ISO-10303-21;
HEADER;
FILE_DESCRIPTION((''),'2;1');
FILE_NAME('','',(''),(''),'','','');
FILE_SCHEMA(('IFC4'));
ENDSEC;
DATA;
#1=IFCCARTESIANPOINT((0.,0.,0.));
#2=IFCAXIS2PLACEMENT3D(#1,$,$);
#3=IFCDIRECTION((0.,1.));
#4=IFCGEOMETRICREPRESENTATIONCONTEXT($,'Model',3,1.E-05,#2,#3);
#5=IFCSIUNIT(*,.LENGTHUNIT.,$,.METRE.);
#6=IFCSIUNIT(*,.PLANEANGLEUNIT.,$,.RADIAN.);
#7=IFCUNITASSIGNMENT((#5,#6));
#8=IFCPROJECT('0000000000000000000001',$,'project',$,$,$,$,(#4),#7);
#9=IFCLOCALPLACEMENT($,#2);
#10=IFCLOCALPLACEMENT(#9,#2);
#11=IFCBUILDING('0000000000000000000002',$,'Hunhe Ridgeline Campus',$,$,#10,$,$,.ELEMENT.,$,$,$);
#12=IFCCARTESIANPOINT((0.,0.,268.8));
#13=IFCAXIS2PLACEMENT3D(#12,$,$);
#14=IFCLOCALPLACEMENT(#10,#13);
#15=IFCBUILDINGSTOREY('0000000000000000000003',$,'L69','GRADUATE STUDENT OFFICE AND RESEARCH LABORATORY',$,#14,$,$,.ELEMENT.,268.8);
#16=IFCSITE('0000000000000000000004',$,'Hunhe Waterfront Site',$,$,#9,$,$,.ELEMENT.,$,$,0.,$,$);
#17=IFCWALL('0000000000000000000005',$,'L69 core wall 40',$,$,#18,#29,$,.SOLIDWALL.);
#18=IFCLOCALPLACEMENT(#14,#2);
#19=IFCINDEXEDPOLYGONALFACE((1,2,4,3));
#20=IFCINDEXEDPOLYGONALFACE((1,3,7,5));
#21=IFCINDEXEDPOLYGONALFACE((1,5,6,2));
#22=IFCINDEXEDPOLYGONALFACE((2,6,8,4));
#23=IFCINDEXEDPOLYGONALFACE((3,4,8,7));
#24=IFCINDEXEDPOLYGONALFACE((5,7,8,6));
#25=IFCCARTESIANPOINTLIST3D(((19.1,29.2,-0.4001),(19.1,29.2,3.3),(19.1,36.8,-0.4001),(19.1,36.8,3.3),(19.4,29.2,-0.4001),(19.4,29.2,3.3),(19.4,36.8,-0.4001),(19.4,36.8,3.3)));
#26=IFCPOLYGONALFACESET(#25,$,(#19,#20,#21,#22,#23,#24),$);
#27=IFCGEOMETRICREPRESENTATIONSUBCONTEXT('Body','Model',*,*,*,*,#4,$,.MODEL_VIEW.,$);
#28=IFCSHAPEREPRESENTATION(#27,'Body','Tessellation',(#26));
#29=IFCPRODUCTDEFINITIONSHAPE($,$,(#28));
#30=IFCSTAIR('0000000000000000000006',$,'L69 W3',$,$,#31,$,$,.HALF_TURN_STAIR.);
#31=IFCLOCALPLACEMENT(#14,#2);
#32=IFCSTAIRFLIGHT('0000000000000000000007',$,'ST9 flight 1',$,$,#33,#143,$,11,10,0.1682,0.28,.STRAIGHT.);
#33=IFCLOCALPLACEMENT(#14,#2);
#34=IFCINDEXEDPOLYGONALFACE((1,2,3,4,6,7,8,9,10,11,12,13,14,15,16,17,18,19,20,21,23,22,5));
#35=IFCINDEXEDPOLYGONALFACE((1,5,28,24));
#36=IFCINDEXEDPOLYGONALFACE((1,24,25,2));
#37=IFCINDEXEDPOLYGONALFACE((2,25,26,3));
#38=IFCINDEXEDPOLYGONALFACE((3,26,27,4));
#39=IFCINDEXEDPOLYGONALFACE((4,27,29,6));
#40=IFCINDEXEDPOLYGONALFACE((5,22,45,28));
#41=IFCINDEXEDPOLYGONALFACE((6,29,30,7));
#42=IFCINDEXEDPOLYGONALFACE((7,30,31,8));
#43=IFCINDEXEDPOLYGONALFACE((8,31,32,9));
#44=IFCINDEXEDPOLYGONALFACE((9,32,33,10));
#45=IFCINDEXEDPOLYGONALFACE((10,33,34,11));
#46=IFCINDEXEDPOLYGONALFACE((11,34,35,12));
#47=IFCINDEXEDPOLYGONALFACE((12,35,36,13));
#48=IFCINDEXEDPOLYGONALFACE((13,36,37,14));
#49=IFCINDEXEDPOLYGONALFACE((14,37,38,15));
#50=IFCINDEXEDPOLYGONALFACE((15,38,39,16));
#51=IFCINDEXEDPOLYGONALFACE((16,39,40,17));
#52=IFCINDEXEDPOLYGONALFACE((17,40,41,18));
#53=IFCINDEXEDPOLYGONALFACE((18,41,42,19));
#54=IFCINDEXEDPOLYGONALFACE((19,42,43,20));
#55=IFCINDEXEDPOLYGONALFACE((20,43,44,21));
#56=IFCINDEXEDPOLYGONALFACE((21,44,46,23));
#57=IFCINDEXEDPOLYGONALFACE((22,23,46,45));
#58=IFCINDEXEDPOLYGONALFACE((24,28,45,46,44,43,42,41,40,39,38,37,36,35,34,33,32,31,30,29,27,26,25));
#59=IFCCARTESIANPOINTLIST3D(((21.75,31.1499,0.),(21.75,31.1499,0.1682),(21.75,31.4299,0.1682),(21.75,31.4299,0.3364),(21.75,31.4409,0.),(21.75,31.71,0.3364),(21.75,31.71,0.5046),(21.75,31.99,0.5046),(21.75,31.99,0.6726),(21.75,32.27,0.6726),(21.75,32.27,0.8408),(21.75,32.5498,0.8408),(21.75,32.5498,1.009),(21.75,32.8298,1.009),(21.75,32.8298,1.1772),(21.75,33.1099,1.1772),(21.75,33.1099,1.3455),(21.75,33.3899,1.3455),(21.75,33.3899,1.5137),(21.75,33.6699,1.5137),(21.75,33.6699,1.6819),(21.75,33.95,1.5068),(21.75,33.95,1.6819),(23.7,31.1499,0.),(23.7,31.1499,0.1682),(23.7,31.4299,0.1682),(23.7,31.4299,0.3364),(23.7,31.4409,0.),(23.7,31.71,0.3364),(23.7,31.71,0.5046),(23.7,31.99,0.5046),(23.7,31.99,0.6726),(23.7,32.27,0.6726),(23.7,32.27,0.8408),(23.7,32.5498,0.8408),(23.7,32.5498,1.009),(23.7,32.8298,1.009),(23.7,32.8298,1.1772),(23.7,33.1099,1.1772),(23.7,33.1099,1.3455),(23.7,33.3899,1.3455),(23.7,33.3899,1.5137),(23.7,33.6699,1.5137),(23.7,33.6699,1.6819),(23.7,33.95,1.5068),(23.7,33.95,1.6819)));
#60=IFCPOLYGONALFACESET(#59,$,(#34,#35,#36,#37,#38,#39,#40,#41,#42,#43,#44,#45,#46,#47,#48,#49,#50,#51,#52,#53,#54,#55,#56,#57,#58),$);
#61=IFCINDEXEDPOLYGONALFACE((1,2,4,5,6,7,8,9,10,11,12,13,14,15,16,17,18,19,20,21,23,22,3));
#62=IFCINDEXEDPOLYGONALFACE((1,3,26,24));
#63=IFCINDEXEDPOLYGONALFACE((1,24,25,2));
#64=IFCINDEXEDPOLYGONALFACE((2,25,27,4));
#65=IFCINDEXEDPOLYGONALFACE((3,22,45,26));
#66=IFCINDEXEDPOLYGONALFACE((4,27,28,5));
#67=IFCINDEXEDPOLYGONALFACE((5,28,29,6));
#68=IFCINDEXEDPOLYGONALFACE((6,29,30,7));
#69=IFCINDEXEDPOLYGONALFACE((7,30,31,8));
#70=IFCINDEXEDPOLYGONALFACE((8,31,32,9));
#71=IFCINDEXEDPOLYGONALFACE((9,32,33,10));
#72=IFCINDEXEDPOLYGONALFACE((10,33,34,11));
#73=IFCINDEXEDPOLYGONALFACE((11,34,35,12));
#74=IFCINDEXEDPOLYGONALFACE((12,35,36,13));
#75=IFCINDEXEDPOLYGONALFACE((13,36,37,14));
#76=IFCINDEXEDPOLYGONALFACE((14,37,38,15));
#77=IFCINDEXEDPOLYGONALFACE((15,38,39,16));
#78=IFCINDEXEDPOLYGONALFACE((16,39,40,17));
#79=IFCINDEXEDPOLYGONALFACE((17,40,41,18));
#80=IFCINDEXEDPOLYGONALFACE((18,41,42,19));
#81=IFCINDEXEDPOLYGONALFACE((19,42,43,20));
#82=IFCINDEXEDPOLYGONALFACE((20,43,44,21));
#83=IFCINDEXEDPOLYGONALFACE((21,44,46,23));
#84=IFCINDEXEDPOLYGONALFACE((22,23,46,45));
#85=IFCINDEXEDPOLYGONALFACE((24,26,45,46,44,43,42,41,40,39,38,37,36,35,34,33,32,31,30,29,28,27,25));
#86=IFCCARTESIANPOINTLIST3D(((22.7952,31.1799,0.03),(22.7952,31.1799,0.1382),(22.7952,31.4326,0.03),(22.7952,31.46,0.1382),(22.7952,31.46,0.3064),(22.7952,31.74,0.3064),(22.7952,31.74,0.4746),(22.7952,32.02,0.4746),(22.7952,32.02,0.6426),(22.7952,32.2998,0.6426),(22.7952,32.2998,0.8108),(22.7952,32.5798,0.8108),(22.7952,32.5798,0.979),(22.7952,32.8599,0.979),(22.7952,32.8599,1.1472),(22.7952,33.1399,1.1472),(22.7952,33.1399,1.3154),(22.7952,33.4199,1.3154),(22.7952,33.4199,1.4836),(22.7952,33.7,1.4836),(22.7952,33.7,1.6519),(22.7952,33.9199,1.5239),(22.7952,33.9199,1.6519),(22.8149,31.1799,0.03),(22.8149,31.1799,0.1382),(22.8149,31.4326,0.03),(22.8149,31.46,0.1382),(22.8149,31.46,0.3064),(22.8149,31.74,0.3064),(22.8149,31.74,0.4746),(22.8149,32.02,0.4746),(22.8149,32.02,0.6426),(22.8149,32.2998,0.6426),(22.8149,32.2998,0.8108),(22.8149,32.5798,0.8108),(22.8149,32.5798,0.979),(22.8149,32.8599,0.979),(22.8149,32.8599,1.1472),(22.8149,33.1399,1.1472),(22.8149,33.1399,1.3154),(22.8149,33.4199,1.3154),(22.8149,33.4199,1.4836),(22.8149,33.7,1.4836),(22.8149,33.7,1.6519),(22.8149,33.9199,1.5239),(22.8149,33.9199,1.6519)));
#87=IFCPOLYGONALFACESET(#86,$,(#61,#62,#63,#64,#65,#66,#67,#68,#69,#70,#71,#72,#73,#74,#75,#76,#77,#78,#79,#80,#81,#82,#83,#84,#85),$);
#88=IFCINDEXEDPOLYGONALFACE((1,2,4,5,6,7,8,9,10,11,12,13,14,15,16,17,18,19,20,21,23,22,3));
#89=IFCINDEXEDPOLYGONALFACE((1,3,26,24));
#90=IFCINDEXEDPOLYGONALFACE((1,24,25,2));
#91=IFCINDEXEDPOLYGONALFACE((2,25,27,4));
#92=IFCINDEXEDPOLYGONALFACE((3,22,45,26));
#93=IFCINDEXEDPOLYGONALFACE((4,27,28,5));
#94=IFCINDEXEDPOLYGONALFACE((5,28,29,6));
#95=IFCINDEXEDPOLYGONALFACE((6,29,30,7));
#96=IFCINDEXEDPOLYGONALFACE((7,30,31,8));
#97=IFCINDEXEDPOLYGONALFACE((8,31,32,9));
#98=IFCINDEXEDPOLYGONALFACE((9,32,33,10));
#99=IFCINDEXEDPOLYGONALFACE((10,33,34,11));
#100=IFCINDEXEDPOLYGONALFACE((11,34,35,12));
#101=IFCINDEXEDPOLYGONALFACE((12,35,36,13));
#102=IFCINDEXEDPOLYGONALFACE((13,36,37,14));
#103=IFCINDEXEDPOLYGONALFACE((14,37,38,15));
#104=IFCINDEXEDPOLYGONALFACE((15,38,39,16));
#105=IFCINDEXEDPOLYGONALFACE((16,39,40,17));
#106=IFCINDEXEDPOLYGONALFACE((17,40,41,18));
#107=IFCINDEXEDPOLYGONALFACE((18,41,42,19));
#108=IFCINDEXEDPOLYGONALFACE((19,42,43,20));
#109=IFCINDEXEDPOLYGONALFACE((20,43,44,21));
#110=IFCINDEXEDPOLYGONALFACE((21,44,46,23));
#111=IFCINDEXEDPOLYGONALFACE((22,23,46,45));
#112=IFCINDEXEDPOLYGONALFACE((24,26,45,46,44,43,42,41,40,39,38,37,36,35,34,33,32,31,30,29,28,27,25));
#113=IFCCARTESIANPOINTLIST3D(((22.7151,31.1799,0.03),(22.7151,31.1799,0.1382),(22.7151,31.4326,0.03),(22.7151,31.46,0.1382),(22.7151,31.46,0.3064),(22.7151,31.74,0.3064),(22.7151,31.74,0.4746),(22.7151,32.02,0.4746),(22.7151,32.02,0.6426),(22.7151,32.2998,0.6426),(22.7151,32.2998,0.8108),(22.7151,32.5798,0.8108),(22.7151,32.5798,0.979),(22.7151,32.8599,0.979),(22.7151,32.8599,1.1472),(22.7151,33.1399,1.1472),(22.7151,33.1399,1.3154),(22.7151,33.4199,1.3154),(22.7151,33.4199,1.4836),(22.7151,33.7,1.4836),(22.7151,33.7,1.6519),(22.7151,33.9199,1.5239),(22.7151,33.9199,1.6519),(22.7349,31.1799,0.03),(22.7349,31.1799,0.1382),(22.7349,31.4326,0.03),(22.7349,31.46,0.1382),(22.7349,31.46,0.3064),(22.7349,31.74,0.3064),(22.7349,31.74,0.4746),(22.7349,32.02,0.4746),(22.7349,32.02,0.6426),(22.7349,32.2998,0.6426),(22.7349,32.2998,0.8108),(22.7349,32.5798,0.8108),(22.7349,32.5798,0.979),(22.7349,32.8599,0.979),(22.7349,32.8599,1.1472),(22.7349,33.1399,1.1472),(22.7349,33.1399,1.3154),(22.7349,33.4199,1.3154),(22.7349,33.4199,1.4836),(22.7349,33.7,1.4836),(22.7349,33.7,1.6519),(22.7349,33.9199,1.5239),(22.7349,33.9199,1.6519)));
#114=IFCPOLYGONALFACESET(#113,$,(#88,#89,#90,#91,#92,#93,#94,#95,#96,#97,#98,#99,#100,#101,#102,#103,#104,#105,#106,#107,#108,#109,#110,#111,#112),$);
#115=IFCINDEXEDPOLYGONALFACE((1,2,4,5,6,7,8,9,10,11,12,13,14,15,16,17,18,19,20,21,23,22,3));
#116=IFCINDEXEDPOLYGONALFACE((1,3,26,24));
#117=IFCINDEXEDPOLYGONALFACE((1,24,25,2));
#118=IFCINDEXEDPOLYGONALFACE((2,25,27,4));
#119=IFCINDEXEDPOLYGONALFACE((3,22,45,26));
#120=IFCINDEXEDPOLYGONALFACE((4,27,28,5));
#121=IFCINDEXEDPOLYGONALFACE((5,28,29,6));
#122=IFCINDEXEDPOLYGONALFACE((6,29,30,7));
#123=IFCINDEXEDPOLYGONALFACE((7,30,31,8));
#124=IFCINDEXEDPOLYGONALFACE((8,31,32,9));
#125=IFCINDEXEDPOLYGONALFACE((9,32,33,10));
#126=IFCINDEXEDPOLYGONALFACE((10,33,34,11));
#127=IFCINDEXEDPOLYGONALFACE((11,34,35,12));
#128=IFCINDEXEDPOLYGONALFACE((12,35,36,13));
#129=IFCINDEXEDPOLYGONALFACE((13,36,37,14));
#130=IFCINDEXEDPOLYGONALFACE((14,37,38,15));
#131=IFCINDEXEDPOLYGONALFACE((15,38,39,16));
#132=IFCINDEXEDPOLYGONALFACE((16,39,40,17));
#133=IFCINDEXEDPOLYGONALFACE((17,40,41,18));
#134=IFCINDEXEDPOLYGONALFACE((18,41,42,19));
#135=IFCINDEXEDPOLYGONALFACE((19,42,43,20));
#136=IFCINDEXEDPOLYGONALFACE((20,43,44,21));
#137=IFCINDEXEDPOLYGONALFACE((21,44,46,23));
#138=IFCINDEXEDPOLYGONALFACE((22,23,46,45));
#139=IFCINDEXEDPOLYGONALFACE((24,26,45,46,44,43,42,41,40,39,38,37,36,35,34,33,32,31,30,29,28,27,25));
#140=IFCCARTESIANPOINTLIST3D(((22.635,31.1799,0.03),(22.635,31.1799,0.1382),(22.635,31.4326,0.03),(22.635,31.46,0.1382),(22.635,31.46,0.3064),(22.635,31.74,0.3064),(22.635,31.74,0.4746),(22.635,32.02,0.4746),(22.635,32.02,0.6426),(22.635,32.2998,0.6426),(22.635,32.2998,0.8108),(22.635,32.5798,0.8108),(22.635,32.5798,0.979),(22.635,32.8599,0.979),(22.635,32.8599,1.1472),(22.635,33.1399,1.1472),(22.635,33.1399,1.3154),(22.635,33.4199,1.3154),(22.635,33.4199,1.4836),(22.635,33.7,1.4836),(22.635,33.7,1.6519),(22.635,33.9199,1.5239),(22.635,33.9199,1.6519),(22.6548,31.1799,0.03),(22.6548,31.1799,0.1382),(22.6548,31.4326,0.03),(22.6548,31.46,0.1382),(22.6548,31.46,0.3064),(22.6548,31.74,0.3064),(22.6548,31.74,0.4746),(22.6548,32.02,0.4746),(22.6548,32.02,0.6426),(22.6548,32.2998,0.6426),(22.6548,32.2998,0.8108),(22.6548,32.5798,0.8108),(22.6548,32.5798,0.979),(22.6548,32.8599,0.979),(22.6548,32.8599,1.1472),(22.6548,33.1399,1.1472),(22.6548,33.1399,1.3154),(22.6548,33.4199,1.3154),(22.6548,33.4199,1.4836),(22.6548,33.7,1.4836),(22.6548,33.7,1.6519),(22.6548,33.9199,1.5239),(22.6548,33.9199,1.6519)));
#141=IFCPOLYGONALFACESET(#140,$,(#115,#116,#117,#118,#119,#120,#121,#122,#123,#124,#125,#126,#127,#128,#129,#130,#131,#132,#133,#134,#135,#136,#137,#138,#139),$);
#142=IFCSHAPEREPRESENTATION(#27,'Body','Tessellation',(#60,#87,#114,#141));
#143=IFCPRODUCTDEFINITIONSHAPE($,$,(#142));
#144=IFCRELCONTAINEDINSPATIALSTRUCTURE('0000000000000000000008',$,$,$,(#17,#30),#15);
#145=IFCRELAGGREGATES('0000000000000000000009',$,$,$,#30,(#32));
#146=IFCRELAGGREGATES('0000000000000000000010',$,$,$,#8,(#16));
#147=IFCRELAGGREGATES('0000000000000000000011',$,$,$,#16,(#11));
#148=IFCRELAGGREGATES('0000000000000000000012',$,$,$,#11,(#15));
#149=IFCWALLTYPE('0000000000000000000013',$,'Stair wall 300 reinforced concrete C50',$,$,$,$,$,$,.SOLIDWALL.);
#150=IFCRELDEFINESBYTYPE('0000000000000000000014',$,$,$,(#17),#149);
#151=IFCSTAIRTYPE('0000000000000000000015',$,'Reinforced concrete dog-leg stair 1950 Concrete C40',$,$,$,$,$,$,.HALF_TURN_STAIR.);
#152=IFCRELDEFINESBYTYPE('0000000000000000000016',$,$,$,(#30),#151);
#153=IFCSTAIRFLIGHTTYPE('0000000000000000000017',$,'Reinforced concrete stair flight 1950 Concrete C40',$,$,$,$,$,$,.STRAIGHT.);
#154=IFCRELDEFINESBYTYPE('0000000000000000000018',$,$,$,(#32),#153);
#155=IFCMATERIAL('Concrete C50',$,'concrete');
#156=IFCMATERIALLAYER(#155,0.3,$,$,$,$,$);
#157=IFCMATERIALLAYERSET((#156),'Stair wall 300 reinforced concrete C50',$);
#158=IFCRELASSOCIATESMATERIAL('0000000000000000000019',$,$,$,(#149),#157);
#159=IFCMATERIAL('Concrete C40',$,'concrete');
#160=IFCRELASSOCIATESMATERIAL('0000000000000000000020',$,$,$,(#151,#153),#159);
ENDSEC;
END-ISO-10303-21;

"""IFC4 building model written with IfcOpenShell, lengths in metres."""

from ifc_helpers import new_model, si_unit, direction, frame, frame_2d, origin, place, context, subcontext, project, spatial, polyline, rectangle, outline, extrude, material, layer, layer_set, type_object, element, aggregate, save


model = new_model("IFC4")

# Units and contexts
model_context = context("Model", 3, precision=1e-05, world=origin(), true_north=direction((0.0, 1.0)))
body_context = subcontext(model_context, "Body", "Model", "MODEL_VIEW")
ifc_project = project(units=[si_unit("LENGTHUNIT", "METRE"), si_unit("PLANEANGLEUNIT", "RADIAN")], contexts=[model_context])

# Site, building, storey
site_placement = place(None, origin())
site = spatial("IfcSite", under=ifc_project, at=site_placement, Name="Hunhe Waterfront Site", CompositionType="ELEMENT", RefElevation=0.0)
building_placement = place(site_placement, origin())
building = spatial("IfcBuilding", under=site, at=building_placement, Name="Hunhe Ridgeline Campus", CompositionType="ELEMENT")
storey_placement = place(building_placement, frame((0.0, 0.0, 268.8)))
storey = spatial("IfcBuildingStorey", under=building, at=storey_placement, Name="L69", Description="GRADUATE STUDENT OFFICE AND RESEARCH LABORATORY", CompositionType="ELEMENT", Elevation=268.8)

# Shared definitions
ifc_material_1 = material(Name="Concrete C50", Category="concrete")

# Wall
ifc_layer_1 = layer(ifc_material_1, 0.3)
ifc_layer_set_1 = layer_set([ifc_layer_1], Name="Stair wall 300 reinforced concrete C50")
wall_type_1 = type_object("IfcWallType", Name="Stair wall 300 reinforced concrete C50", PredefinedType="SOLIDWALL", material=ifc_layer_set_1)
wall_1_placement = place(storey_placement, frame((19.25, 29.2, -0.4001), z_axis=(0.0, 0.0, 1.0), x_axis=(0.0, 1.0, 0.0)))
element("IfcWall", 1, at=wall_1_placement, inside=storey, type_object=wall_type_1, Name="L69 core wall 40", PredefinedType="SOLIDWALL", context=body_context, shape_type="SweptSolid", body=[
    extrude(rectangle(XDim=7.6001, YDim=0.3, at=frame_2d((3.8, 0.0))), origin(), (0.0, 0.0, 1.0), 3.7002),
])

# Stair, stair flight
ifc_material_2 = material(Name="Concrete C40", Category="concrete")
stair_type = type_object("IfcStairType", Name="Reinforced concrete dog-leg stair 1950 Concrete C40", PredefinedType="HALF_TURN_STAIR", material=ifc_material_2)
stair_placement = place(storey_placement, origin())
stair = element("IfcStair", 2, at=stair_placement, inside=storey, type_object=stair_type, Name="L69 W3", PredefinedType="HALF_TURN_STAIR")
stair_flight_type = type_object("IfcStairFlightType", Name="Reinforced concrete stair flight 1950 Concrete C40", PredefinedType="STRAIGHT", material=ifc_material_2)
stair_flight_placement = place(storey_placement, frame((22.7251, 31.1499, 0.0), z_axis=(0.0, 0.0, 1.0), x_axis=(0.0, 1.0, 0.0)))
stair_flight = element("IfcStairFlight", 3, at=stair_flight_placement, type_object=stair_flight_type, Name="ST9 flight 1", NumberOfRisers=11, NumberOfTreads=10, PredefinedType="STRAIGHT", RiserHeight=0.1682, TreadLength=0.28, context=body_context, shape_type="SweptSolid", body=[
    extrude(outline(polyline([(0.0, 0.0), (0.0, 0.1682), (0.28, 0.1682), (0.28, 0.3364), (0.5601, 0.3364), (0.5601, 0.5046), (0.8401, 0.5046), (0.8401, 0.6726), (1.1201, 0.6726), (1.1201, 0.8408), (1.3999, 0.8408), (1.3999, 1.009), (1.6799, 1.009), (1.6799, 1.1772), (1.96, 1.1772), (1.96, 1.3455), (2.24, 1.3455), (2.24, 1.5137), (2.52, 1.5137), (2.52, 1.6819), (2.8, 1.6819), (2.8, 1.8501), (2.8, 1.5068), (0.291, 0.0), (0.0, 0.0)])), frame((0.0, 0.9751, 0.0), z_axis=(0.0, -1.0, 0.0), x_axis=(1.0, 0.0, 0.0)), (0.0, 0.0, 1.0), 1.95),
    extrude(outline(polyline([(0.03, 0.03), (0.03, 0.1382), (0.3101, 0.1382), (0.3101, 0.3064), (0.5901, 0.3064), (0.5901, 0.4746), (0.8701, 0.4746), (0.8701, 0.6426), (1.1499, 0.6426), (1.1499, 0.8108), (1.4299, 0.8108), (1.4299, 0.979), (1.71, 0.979), (1.71, 1.1472), (1.99, 1.1472), (1.99, 1.3154), (2.27, 1.3154), (2.27, 1.4836), (2.55, 1.4836), (2.55, 1.6519), (2.77, 1.6519), (2.77, 1.5239), (0.2827, 0.03), (0.03, 0.03)])), frame((0.0, -0.0701, 0.0), z_axis=(0.0, -1.0, 0.0), x_axis=(1.0, 0.0, 0.0)), (0.0, 0.0, 1.0), 0.0198),
    extrude(outline(polyline([(0.03, 0.03), (0.03, 0.1382), (0.3101, 0.1382), (0.3101, 0.3064), (0.5901, 0.3064), (0.5901, 0.4746), (0.8701, 0.4746), (0.8701, 0.6426), (1.1499, 0.6426), (1.1499, 0.8108), (1.4299, 0.8108), (1.4299, 0.979), (1.71, 0.979), (1.71, 1.1472), (1.99, 1.1472), (1.99, 1.3154), (2.27, 1.3154), (2.27, 1.4836), (2.55, 1.4836), (2.55, 1.6519), (2.77, 1.6519), (2.77, 1.5239), (0.2827, 0.03), (0.03, 0.03)])), frame((0.0, 0.01, 0.0), z_axis=(0.0, -1.0, 0.0), x_axis=(1.0, 0.0, 0.0)), (0.0, 0.0, 1.0), 0.0198),
    extrude(outline(polyline([(0.03, 0.03), (0.03, 0.1382), (0.3101, 0.1382), (0.3101, 0.3064), (0.5901, 0.3064), (0.5901, 0.4746), (0.8701, 0.4746), (0.8701, 0.6426), (1.1499, 0.6426), (1.1499, 0.8108), (1.4299, 0.8108), (1.4299, 0.979), (1.71, 0.979), (1.71, 1.1472), (1.99, 1.1472), (1.99, 1.3154), (2.27, 1.3154), (2.27, 1.4836), (2.55, 1.4836), (2.55, 1.6519), (2.77, 1.6519), (2.77, 1.5239), (0.2827, 0.03), (0.03, 0.03)])), frame((0.0, 0.0901, 0.0), z_axis=(0.0, -1.0, 0.0), x_axis=(1.0, 0.0, 0.0)), (0.0, 0.0, 1.0), 0.0198),
])
aggregate(stair, [stair_flight])

save(model, "model.ifc")
